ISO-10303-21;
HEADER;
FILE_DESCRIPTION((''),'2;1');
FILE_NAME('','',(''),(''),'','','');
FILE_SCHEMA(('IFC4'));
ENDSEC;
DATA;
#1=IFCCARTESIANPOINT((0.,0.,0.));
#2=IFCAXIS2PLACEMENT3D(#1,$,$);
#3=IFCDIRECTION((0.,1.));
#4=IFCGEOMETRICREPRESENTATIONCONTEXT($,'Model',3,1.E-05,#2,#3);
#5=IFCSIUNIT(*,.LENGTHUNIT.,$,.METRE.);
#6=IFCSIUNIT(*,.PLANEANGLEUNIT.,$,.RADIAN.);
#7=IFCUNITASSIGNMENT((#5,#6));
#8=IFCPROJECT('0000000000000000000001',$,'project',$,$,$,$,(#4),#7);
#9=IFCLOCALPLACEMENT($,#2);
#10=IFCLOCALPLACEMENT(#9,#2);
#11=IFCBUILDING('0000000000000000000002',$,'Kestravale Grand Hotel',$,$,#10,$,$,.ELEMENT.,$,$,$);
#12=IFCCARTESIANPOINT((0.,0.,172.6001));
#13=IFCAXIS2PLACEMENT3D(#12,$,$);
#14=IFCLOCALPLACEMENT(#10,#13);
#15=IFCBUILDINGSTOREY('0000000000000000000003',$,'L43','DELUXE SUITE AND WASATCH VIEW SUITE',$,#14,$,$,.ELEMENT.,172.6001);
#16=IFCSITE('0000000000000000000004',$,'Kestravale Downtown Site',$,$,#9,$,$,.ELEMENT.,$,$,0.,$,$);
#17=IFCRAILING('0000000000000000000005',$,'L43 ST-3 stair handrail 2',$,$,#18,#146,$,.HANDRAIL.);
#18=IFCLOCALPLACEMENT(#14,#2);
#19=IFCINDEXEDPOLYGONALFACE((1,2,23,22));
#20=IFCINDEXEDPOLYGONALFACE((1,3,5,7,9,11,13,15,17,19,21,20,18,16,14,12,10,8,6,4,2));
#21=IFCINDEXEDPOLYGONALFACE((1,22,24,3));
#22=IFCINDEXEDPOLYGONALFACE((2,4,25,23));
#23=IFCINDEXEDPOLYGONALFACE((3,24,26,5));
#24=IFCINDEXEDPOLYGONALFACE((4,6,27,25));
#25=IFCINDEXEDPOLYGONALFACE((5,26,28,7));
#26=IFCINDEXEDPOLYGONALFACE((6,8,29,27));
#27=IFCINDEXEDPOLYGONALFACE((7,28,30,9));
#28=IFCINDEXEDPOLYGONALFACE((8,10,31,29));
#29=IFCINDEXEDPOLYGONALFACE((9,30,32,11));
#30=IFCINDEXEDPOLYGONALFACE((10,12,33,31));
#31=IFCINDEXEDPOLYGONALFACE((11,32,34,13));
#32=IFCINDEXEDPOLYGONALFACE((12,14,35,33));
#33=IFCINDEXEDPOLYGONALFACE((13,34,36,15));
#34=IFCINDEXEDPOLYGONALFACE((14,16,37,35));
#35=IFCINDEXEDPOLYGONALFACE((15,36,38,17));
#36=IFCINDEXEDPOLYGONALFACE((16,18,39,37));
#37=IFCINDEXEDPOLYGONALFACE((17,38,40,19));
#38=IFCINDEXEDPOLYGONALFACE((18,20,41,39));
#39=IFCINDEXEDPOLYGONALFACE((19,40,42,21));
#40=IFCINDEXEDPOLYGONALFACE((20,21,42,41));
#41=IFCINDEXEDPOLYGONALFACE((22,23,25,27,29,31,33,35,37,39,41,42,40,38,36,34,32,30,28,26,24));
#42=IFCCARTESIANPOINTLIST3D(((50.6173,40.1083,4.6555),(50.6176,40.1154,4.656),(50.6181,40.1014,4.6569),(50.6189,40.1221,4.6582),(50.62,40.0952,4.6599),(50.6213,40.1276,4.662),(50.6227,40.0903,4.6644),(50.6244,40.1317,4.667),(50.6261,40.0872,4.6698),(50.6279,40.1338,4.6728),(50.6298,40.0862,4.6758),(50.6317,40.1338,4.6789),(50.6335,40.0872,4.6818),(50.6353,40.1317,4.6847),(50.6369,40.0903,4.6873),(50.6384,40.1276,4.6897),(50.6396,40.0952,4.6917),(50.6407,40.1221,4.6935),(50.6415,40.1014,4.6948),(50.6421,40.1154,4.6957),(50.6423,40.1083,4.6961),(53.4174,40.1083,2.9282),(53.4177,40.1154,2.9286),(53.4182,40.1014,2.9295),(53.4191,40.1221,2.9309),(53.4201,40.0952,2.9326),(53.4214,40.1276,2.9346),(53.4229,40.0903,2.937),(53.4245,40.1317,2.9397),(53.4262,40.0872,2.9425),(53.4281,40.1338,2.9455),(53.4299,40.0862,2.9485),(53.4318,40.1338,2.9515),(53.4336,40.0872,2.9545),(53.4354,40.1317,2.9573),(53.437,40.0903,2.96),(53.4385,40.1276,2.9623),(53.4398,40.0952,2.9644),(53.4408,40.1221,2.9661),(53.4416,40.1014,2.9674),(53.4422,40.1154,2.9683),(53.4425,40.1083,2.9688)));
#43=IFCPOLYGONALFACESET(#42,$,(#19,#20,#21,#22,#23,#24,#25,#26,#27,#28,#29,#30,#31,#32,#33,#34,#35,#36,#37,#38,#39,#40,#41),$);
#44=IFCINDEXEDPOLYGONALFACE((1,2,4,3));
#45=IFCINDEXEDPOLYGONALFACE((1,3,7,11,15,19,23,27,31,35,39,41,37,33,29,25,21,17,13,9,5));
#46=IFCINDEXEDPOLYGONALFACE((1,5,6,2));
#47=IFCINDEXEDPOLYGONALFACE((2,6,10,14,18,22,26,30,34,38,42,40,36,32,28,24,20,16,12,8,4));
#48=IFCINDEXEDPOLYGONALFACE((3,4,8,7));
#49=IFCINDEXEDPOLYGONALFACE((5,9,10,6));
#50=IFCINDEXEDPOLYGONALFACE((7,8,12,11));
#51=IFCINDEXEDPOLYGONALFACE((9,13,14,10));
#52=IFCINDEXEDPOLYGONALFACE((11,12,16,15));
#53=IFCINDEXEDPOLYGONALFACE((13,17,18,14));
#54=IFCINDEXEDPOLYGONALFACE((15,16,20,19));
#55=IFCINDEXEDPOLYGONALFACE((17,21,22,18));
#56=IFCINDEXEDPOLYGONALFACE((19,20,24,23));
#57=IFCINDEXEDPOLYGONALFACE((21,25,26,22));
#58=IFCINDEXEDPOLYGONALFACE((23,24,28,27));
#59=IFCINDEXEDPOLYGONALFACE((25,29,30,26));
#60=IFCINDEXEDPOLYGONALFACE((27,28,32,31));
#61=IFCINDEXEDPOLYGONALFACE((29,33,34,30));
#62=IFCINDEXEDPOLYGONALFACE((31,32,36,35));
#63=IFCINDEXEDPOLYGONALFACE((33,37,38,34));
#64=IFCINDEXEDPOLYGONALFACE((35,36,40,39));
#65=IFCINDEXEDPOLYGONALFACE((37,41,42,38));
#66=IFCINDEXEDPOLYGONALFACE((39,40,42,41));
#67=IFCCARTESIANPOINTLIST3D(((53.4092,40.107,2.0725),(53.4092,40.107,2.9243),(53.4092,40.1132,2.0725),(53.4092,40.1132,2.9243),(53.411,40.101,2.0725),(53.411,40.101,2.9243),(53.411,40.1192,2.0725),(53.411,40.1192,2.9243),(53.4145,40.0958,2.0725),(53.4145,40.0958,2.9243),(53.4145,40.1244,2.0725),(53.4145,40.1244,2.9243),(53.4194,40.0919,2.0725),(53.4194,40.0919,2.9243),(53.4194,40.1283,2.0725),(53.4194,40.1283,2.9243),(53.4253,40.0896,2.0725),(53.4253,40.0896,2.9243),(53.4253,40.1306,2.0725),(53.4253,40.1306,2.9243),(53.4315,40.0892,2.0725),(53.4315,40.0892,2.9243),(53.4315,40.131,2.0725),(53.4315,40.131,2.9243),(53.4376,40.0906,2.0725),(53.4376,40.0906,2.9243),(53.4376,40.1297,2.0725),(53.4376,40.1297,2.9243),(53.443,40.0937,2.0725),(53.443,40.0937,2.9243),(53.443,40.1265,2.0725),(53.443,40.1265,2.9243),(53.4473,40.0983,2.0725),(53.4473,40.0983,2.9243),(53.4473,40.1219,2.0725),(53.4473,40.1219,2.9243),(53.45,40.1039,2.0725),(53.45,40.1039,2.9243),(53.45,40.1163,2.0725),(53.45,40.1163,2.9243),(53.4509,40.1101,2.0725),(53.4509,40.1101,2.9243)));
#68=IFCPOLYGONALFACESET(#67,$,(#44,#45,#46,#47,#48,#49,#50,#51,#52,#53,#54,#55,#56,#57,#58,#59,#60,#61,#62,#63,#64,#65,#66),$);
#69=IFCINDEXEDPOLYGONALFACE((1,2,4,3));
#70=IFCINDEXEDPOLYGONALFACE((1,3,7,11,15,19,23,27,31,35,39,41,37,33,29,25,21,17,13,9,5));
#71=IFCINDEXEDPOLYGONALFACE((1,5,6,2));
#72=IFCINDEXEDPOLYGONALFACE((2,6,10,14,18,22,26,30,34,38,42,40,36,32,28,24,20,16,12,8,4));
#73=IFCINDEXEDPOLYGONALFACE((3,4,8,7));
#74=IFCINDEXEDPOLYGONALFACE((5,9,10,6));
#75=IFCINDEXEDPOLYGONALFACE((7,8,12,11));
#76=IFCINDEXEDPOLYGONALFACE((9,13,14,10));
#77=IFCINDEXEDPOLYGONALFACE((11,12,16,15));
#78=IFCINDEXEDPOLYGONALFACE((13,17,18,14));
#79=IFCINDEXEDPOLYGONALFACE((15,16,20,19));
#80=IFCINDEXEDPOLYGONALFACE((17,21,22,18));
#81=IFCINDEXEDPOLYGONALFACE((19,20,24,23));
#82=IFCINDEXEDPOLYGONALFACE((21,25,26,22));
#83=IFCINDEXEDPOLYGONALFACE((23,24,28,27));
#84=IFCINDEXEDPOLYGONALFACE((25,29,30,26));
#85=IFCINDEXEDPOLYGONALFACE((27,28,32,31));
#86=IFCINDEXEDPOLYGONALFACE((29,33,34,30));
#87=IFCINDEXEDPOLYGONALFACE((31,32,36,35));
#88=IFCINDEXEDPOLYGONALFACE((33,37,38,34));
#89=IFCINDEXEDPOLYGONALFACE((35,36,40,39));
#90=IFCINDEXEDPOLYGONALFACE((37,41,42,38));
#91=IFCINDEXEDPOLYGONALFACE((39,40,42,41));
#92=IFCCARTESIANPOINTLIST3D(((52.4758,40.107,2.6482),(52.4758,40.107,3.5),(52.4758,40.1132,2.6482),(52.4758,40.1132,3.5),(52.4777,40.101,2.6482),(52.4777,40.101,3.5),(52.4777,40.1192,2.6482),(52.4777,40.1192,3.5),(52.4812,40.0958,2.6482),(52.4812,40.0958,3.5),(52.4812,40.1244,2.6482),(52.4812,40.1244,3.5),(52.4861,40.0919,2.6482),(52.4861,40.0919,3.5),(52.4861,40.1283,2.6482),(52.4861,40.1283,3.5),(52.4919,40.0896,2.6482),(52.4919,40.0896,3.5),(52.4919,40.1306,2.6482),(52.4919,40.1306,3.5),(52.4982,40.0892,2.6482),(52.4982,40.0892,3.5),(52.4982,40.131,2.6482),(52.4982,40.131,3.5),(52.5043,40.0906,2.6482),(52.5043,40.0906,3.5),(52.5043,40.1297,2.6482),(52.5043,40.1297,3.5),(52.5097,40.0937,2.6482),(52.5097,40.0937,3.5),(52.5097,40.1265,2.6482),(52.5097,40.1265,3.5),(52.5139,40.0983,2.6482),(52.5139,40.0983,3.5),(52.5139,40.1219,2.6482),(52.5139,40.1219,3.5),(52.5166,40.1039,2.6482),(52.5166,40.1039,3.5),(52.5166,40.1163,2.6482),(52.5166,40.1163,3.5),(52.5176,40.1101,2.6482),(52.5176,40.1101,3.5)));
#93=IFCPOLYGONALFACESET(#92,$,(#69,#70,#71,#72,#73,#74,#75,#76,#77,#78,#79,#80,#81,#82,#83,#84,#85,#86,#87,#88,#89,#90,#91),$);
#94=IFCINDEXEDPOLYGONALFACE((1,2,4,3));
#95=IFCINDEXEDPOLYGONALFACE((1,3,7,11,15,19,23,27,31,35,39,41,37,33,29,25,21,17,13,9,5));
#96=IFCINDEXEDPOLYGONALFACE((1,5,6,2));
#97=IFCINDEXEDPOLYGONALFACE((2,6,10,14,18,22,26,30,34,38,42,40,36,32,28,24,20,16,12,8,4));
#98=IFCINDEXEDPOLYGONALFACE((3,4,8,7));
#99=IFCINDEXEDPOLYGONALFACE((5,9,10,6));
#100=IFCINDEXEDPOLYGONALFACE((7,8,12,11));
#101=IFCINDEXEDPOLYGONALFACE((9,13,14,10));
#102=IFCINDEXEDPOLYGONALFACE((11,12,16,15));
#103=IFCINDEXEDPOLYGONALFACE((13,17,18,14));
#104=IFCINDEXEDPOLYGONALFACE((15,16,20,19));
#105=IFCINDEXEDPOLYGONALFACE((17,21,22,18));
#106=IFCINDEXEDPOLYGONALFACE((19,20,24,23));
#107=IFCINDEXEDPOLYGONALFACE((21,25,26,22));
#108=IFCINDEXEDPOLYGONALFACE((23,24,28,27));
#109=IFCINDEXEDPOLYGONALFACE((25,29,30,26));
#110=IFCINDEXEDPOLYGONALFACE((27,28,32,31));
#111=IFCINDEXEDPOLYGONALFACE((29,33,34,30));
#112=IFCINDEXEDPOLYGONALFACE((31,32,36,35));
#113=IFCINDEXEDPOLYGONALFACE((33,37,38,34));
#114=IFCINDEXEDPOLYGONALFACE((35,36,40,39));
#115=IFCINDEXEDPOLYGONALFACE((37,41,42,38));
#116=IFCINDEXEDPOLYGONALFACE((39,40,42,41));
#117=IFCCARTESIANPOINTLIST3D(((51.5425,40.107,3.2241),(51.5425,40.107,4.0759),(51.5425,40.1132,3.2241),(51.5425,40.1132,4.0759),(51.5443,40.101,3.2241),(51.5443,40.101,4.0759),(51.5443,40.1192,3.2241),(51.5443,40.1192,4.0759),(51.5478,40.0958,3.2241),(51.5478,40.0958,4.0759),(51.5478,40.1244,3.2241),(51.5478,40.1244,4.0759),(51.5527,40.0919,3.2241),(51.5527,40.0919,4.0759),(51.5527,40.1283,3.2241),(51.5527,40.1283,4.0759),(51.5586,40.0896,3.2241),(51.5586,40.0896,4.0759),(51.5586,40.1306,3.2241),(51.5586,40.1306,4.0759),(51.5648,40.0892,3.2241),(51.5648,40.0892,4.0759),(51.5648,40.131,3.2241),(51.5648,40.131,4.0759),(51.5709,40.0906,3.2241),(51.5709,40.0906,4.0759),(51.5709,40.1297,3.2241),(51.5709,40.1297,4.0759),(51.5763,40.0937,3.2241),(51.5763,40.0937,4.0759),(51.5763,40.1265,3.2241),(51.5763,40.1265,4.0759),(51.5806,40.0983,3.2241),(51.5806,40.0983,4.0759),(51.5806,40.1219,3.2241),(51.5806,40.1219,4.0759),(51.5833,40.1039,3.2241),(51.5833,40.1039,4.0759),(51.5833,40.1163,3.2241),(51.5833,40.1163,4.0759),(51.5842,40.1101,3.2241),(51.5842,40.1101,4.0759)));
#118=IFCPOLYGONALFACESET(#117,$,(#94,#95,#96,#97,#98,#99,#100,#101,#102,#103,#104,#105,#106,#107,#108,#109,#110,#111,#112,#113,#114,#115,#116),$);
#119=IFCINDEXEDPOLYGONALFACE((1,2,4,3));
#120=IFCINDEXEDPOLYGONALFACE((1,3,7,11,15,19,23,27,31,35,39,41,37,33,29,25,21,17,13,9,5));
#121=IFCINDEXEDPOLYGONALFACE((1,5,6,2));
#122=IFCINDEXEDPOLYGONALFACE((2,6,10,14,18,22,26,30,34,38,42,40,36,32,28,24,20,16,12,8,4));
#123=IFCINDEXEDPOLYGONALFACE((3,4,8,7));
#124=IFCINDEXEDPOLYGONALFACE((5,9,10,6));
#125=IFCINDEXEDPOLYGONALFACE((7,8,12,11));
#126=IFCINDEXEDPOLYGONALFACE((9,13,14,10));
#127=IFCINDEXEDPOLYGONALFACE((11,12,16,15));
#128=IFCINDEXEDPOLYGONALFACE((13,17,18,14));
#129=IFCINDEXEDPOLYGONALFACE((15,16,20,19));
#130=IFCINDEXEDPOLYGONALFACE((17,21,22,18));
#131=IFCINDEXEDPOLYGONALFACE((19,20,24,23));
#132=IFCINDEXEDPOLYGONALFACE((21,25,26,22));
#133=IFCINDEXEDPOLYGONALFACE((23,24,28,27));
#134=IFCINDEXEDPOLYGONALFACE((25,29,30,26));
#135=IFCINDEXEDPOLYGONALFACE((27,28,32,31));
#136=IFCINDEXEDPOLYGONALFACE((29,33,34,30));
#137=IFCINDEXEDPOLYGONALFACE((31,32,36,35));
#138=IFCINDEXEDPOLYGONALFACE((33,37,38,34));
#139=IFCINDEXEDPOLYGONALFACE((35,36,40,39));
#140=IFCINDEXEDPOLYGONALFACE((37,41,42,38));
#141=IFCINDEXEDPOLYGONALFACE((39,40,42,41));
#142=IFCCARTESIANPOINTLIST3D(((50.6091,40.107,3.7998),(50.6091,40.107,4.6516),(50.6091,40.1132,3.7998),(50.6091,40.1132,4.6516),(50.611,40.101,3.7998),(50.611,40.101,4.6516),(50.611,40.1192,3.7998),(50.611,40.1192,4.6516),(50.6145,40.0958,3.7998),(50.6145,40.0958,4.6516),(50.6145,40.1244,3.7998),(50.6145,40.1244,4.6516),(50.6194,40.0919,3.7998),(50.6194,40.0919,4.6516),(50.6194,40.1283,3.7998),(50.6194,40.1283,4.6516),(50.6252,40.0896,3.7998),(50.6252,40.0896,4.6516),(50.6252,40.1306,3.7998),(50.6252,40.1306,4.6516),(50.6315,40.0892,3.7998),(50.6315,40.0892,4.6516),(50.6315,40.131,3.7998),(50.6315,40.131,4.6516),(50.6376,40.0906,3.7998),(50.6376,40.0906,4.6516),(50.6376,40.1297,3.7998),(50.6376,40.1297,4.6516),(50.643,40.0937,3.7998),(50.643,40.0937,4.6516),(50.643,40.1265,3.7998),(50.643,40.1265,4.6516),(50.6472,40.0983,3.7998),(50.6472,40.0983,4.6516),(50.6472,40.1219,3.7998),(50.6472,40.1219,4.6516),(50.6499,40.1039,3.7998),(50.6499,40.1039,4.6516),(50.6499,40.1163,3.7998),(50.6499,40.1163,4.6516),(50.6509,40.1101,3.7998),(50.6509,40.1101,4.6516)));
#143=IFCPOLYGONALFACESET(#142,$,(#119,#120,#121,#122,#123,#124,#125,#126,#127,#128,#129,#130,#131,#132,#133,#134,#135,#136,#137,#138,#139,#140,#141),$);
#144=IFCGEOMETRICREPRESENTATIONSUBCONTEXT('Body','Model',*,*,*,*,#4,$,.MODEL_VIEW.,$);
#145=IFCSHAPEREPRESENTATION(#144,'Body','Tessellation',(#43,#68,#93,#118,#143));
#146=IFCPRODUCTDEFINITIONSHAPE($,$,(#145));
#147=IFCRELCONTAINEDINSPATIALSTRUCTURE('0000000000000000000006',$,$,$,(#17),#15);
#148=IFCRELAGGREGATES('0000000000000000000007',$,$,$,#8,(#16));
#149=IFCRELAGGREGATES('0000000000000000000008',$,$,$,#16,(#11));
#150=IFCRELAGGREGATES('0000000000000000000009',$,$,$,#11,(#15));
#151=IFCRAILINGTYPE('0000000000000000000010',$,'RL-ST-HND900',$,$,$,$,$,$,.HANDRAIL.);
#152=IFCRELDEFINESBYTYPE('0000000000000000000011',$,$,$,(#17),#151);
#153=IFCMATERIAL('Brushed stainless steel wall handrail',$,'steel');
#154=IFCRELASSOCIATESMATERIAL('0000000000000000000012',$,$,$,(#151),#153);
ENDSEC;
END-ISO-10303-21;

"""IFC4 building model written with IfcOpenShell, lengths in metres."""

from ifc_helpers import new_model, si_unit, direction, frame, origin, origin_2d, place, context, subcontext, project, spatial, circle, extrude, material, type_object, element, save


model = new_model("IFC4")

# Units and contexts
model_context = context("Model", 3, precision=1e-05, world=origin(), true_north=direction((0.0, 1.0)))
body_context = subcontext(model_context, "Body", "Model", "MODEL_VIEW")
ifc_project = project(units=[si_unit("LENGTHUNIT", "METRE"), si_unit("PLANEANGLEUNIT", "RADIAN")], contexts=[model_context])

# Site, building, storey
site_placement = place(None, origin())
site = spatial("IfcSite", under=ifc_project, at=site_placement, Name="Kestravale Downtown Site", CompositionType="ELEMENT", RefElevation=0.0)
building_placement = place(site_placement, origin())
building = spatial("IfcBuilding", under=site, at=building_placement, Name="Kestravale Grand Hotel", CompositionType="ELEMENT")
storey_placement = place(building_placement, frame((0.0, 0.0, 172.6001)))
storey = spatial("IfcBuildingStorey", under=building, at=storey_placement, Name="L43", Description="DELUXE SUITE AND WASATCH VIEW SUITE", CompositionType="ELEMENT", Elevation=172.6001)

# Railing
ifc_material_1 = material(Name="Brushed stainless steel wall handrail", Category="steel")
railing_type_1 = type_object("IfcRailingType", Name="RL-ST-HND900", PredefinedType="HANDRAIL", material=ifc_material_1)
railing_1_placement = place(storey_placement, frame((53.4299, 40.1101, 2.0725)))
element("IfcRailing", 1, at=railing_1_placement, inside=storey, type_object=railing_type_1, Name="L43 ST-3 stair handrail 2", PredefinedType="HANDRAIL", context=body_context, shape_type="SweptSolid", body=[
    extrude(circle(Radius=0.0239, at=origin_2d()), frame((0.0, 0.0, 0.876), z_axis=(-0.85109, 0.0, 0.52502), x_axis=(0.0, -1.0, 0.0)), (0.0, 0.0, 1.0), 3.29),
    extrude(circle(Radius=0.021, at=origin_2d()), origin(), (0.0, 0.0, 1.0), 0.8518),
    extrude(circle(Radius=0.021, at=origin_2d()), frame((-0.9333, 0.0, 0.5757)), (0.0, 0.0, 1.0), 0.8518),
    extrude(circle(Radius=0.021, at=origin_2d()), frame((-1.8667, 0.0, 1.1516)), (0.0, 0.0, 1.0), 0.8518),
    extrude(circle(Radius=0.021, at=origin_2d()), frame((-2.8, 0.0, 1.7273)), (0.0, 0.0, 1.0), 0.8518),
])

save(model, "model.ifc")
